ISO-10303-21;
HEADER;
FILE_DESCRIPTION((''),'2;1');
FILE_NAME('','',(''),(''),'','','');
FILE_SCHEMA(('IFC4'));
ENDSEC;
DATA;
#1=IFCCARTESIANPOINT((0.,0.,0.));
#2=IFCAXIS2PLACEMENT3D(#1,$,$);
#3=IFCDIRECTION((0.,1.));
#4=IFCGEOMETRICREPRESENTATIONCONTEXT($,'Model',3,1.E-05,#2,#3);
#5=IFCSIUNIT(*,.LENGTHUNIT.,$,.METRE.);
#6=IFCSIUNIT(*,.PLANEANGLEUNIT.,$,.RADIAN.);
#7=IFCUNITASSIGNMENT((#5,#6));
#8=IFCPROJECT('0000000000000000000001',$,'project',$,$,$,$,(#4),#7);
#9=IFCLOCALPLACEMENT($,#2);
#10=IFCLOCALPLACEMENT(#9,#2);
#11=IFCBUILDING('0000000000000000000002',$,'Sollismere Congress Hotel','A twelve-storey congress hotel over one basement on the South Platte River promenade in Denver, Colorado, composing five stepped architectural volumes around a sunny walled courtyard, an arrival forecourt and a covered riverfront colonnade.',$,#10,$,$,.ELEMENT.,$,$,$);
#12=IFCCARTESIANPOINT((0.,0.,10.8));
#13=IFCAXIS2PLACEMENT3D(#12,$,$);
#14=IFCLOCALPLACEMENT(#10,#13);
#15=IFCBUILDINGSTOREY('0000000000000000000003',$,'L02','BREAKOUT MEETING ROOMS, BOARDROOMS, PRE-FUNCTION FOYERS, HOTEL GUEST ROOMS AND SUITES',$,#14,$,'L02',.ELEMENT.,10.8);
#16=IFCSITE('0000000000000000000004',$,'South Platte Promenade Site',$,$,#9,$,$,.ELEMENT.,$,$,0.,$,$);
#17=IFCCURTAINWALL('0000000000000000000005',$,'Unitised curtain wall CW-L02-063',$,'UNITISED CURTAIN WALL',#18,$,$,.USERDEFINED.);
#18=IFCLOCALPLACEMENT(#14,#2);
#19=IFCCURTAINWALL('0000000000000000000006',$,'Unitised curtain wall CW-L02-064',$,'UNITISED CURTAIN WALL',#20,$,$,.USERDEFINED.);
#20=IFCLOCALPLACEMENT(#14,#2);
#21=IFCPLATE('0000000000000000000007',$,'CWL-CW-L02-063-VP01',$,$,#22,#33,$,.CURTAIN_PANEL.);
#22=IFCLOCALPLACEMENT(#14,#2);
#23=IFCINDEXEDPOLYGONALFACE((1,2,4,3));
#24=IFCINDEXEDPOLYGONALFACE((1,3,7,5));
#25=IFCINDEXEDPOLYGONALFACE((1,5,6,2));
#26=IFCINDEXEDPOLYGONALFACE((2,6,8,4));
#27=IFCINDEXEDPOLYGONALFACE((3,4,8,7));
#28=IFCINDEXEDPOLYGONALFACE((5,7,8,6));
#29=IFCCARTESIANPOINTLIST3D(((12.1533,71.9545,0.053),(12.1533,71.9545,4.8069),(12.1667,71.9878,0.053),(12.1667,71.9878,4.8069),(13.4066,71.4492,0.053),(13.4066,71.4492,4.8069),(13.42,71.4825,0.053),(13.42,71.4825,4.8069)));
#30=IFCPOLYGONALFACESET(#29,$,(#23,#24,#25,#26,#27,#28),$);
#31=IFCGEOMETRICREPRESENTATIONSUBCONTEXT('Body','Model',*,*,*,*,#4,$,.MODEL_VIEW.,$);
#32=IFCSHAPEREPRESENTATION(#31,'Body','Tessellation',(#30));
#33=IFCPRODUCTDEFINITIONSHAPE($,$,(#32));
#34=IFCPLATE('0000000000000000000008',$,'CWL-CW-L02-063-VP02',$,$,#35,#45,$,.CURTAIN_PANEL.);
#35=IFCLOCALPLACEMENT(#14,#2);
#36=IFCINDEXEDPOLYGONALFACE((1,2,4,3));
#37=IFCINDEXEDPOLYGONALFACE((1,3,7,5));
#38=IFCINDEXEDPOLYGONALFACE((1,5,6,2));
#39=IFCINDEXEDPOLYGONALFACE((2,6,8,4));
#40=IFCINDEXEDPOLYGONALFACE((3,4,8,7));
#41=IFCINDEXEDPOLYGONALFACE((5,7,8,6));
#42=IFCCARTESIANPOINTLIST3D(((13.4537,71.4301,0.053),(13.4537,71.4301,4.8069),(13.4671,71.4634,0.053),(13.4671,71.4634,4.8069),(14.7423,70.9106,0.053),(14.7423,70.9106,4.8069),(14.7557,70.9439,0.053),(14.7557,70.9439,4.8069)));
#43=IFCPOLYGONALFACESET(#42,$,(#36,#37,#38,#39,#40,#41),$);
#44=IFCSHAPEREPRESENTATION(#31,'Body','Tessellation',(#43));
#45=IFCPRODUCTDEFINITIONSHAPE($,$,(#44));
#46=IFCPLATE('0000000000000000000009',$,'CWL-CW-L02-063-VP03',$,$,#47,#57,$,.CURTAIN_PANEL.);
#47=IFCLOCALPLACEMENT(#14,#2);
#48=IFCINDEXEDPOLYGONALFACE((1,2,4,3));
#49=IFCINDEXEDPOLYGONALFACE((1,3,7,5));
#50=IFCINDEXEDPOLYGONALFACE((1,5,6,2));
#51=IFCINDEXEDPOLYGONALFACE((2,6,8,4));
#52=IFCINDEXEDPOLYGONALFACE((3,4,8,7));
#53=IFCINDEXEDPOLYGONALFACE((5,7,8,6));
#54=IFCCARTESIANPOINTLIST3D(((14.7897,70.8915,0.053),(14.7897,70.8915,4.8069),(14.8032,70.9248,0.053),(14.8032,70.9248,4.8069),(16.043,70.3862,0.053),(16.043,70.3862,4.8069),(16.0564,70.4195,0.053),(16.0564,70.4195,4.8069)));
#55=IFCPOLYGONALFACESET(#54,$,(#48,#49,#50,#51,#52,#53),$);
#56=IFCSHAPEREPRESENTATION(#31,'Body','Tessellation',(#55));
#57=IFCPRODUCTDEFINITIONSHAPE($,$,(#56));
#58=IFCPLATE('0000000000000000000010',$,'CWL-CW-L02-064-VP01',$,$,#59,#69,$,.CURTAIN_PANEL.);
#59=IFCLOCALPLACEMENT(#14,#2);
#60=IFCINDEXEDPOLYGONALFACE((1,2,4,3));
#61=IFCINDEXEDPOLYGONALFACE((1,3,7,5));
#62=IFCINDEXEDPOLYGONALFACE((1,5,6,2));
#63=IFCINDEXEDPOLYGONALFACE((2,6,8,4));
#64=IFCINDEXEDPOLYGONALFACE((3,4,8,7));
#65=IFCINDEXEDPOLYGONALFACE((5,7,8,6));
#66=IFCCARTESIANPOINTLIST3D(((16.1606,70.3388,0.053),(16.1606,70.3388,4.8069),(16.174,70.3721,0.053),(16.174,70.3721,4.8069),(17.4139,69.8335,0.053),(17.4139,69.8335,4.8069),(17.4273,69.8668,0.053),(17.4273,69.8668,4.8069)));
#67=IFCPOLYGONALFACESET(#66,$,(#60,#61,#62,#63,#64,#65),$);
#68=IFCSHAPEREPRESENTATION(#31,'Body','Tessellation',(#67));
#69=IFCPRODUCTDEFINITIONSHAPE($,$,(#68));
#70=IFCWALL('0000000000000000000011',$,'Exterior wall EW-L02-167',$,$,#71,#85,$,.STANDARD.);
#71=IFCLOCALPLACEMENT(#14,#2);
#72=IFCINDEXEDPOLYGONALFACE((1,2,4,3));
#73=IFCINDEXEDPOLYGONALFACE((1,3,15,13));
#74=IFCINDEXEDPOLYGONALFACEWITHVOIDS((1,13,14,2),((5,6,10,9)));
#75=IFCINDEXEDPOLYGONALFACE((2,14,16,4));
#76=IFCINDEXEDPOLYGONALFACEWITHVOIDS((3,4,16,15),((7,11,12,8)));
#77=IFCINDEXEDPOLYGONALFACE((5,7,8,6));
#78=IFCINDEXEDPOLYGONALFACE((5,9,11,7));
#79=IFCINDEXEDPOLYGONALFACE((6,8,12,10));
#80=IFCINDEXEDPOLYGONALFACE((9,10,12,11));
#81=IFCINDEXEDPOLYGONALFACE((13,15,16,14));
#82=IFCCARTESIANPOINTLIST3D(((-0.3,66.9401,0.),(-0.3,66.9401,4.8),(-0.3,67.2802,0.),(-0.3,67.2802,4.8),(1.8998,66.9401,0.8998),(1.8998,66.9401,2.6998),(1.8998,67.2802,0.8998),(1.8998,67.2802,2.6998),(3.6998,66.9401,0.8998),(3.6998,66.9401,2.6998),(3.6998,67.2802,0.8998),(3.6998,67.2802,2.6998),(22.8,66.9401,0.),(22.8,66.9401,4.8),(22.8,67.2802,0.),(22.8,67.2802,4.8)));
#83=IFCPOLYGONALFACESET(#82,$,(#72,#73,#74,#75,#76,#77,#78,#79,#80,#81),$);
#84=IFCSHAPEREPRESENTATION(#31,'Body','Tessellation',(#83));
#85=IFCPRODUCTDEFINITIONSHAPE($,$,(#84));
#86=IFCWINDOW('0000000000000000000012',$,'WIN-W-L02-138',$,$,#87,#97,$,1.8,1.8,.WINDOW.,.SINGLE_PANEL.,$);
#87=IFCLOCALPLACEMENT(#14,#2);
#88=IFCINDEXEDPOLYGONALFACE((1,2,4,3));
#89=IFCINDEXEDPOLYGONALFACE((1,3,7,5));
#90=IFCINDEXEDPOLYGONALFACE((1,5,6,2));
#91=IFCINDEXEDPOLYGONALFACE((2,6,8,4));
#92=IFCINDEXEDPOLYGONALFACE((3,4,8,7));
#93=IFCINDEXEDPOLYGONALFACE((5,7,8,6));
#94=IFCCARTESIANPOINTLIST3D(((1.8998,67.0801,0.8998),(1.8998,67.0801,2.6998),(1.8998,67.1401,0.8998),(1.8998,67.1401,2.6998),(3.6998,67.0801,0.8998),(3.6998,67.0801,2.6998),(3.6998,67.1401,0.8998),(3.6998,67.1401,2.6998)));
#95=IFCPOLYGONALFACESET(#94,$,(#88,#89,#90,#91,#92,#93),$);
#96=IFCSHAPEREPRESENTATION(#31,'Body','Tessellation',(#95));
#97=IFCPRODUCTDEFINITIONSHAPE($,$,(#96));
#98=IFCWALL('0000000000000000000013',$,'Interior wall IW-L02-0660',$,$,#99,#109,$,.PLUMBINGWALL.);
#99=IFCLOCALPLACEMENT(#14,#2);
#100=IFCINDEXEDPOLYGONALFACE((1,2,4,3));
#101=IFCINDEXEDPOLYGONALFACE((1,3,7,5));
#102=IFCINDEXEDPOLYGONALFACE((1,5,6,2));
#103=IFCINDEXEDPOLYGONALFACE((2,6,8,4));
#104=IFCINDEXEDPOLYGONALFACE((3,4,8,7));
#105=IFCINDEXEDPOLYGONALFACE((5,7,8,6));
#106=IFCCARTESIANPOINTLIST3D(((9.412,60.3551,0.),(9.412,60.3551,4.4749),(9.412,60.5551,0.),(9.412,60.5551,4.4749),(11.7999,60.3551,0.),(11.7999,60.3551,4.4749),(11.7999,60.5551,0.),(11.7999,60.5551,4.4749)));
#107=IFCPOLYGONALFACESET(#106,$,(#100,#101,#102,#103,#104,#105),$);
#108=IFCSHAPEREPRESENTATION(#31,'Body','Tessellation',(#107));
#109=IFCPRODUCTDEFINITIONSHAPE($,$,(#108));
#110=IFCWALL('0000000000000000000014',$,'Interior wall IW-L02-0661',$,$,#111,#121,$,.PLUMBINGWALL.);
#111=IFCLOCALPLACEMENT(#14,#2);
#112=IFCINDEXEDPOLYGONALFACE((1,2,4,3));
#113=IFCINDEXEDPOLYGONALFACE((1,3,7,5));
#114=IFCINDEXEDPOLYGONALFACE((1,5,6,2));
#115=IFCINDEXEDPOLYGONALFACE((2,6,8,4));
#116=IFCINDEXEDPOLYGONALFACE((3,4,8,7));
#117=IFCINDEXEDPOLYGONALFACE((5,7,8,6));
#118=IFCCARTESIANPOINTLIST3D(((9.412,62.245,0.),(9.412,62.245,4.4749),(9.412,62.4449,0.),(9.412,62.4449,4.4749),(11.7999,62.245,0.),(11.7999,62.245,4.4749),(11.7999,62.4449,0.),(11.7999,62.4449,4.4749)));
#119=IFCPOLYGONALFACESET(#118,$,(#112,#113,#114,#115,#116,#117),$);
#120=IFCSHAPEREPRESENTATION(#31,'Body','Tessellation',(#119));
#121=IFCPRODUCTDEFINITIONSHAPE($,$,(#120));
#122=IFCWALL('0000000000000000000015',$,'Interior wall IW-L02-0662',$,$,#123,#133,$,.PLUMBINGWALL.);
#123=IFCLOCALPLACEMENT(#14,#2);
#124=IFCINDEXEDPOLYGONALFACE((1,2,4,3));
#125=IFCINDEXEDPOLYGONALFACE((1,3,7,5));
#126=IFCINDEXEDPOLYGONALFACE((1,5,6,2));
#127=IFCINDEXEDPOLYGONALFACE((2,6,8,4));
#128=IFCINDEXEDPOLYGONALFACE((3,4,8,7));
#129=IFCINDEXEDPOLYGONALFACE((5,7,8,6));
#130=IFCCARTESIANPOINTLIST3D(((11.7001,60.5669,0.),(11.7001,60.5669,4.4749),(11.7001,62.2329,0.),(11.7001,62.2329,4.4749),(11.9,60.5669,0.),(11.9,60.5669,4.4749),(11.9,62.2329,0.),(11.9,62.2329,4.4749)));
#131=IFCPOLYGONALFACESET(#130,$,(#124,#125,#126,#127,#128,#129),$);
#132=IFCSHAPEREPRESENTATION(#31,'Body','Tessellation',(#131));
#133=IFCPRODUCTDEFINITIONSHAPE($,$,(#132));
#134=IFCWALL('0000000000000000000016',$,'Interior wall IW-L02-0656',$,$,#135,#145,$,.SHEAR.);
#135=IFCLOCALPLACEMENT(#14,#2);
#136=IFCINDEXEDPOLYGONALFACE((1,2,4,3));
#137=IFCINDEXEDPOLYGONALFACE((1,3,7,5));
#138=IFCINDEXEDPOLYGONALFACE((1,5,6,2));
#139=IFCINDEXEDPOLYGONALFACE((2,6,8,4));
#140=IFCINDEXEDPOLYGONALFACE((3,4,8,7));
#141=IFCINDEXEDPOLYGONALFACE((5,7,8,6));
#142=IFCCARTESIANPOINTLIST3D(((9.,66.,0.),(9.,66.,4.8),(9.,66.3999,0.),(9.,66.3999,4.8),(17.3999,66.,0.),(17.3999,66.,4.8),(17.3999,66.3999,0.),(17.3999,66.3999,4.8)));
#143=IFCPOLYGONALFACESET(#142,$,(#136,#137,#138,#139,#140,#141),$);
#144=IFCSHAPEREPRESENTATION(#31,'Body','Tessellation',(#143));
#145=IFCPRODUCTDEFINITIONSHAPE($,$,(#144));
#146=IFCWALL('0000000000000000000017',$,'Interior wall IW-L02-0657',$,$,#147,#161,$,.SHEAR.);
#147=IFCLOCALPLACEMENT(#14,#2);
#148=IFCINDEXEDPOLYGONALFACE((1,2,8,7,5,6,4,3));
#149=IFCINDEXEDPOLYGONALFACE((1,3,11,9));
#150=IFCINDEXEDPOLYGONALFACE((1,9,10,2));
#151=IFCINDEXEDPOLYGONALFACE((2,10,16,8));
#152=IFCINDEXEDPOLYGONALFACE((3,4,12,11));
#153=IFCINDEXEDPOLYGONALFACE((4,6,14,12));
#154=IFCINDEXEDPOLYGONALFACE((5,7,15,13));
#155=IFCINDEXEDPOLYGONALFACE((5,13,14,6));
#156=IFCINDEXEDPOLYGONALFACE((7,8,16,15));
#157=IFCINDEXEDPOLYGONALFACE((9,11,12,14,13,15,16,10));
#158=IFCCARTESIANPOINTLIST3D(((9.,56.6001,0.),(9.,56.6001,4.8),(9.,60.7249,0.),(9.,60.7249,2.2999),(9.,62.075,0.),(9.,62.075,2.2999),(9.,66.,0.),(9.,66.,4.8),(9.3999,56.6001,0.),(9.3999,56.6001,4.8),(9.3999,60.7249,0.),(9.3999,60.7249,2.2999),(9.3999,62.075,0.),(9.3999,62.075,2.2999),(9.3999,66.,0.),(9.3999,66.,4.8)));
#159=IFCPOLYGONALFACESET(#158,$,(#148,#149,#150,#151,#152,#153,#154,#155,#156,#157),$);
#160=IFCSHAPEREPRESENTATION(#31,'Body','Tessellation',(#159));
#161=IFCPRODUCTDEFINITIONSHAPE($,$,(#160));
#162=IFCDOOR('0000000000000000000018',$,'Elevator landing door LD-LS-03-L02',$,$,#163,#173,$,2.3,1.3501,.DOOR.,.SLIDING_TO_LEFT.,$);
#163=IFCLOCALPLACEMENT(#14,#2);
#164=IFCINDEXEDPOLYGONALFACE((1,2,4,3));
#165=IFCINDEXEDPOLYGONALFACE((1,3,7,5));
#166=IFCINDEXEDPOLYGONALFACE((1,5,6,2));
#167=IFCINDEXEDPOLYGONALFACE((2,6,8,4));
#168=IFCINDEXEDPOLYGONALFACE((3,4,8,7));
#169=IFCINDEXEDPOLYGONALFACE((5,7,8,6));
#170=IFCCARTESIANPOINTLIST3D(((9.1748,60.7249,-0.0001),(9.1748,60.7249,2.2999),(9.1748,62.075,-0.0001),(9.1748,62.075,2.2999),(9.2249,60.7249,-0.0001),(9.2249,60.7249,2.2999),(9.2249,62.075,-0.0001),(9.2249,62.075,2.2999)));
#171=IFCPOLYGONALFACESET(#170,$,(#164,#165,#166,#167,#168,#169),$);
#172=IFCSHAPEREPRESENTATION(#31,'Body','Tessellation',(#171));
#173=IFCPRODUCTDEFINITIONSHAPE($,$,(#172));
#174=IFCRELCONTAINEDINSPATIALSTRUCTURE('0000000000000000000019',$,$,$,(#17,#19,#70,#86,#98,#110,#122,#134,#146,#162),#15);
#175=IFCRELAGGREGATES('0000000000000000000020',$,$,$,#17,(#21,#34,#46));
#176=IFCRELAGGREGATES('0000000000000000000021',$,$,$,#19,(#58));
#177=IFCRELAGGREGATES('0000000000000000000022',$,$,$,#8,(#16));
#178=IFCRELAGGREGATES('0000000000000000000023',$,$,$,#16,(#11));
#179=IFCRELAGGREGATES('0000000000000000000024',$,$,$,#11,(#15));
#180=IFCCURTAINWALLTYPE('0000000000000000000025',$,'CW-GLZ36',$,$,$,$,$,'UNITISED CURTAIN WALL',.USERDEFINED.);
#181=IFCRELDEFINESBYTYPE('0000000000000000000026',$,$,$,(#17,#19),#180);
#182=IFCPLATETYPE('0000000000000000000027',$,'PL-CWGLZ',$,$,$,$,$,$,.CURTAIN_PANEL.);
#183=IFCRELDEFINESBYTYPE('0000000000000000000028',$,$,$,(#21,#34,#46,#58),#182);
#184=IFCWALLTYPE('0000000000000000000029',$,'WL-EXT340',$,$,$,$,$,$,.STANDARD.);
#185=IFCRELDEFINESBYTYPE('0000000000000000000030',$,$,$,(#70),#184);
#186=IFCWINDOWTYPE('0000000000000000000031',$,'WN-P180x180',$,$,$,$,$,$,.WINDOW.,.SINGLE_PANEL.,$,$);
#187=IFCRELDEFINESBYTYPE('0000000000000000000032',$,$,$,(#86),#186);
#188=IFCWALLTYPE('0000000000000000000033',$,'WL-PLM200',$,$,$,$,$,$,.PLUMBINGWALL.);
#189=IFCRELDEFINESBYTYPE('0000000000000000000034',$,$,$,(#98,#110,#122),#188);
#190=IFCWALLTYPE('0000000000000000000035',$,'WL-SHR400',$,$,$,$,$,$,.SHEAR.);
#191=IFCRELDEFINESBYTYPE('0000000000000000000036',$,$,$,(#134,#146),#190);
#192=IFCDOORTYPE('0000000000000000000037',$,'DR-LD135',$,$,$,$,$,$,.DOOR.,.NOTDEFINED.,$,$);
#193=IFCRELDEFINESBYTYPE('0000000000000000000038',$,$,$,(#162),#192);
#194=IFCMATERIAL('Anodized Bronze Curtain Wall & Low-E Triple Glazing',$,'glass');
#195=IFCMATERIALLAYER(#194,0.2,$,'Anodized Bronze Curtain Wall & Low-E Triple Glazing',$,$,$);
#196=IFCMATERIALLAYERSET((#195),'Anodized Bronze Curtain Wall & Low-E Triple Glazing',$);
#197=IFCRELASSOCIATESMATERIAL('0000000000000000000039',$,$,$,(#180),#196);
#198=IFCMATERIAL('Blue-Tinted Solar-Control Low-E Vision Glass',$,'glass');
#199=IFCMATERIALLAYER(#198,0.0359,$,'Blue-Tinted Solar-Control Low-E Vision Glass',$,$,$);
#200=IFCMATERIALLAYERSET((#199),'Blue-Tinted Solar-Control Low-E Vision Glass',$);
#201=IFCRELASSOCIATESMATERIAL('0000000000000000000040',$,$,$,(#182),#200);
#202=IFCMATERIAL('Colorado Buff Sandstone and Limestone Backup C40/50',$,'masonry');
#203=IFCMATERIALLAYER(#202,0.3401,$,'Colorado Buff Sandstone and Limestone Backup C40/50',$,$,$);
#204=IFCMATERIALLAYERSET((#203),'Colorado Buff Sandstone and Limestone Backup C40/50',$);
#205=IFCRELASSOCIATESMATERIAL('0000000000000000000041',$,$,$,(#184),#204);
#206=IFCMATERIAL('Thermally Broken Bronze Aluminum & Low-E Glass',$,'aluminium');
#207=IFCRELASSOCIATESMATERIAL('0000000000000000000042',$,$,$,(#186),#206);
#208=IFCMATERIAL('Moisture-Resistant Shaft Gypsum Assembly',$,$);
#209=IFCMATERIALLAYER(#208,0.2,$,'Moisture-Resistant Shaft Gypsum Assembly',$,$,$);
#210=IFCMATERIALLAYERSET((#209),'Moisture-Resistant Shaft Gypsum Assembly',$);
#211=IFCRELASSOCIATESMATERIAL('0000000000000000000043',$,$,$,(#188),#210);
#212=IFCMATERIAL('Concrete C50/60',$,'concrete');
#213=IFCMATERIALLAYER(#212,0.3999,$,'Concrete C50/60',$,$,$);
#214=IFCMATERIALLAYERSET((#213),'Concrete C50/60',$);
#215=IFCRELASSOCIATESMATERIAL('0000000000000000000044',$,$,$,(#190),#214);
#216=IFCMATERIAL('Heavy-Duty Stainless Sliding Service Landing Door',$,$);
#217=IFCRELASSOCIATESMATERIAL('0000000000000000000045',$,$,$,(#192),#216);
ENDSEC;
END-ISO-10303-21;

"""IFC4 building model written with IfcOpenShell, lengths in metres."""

from ifc_helpers import new_model, si_unit, direction, frame, frame_2d, origin, origin_2d, place, context, subcontext, project, spatial, rectangle, extrude, material, layer, layer_set, type_object, element, fill, aggregate, save


model = new_model("IFC4")

# Units and contexts
model_context = context("Model", 3, precision=1e-05, world=origin(), true_north=direction((0.0, 1.0)))
body_context = subcontext(model_context, "Body", "Model", "MODEL_VIEW")
ifc_project = project(units=[si_unit("LENGTHUNIT", "METRE"), si_unit("PLANEANGLEUNIT", "RADIAN")], contexts=[model_context])

# Site, building, storey
site_placement = place(None, origin())
site = spatial("IfcSite", under=ifc_project, at=site_placement, Name="South Platte Promenade Site", CompositionType="ELEMENT", RefElevation=0.0)
building_placement = place(site_placement, origin())
building = spatial("IfcBuilding", under=site, at=building_placement, Name="Sollismere Congress Hotel", Description="A twelve-storey congress hotel over one basement on the South Platte River promenade in Denver, Colorado, composing five stepped architectural volumes around a sunny walled courtyard, an arrival forecourt and a covered riverfront colonnade.", CompositionType="ELEMENT")
storey_placement = place(building_placement, frame((0.0, 0.0, 10.8)))
storey = spatial("IfcBuildingStorey", under=building, at=storey_placement, Name="L02", Description="BREAKOUT MEETING ROOMS, BOARDROOMS, PRE-FUNCTION FOYERS, HOTEL GUEST ROOMS AND SUITES", LongName="L02", CompositionType="ELEMENT", Elevation=10.8)

# Curtain wall
ifc_material_1 = material(Name="Anodized Bronze Curtain Wall & Low-E Triple Glazing", Category="glass")
ifc_layer_1 = layer(ifc_material_1, 0.2, Name="Anodized Bronze Curtain Wall & Low-E Triple Glazing")
ifc_layer_set_1 = layer_set([ifc_layer_1], Name="Anodized Bronze Curtain Wall & Low-E Triple Glazing")
curtain_wall_type = type_object("IfcCurtainWallType", Name="CW-GLZ36", ElementType="UNITISED CURTAIN WALL", PredefinedType="USERDEFINED", material=ifc_layer_set_1)
curtain_wall_1_placement = place(storey_placement, origin())
curtain_wall_1 = element("IfcCurtainWall", 1, at=curtain_wall_1_placement, inside=storey, type_object=curtain_wall_type, Name="Unitised curtain wall CW-L02-063", ObjectType="UNITISED CURTAIN WALL", PredefinedType="USERDEFINED")

# Curtain wall
curtain_wall_2_placement = place(storey_placement, origin())
curtain_wall_2 = element("IfcCurtainWall", 2, at=curtain_wall_2_placement, inside=storey, type_object=curtain_wall_type, Name="Unitised curtain wall CW-L02-064", ObjectType="UNITISED CURTAIN WALL", PredefinedType="USERDEFINED")

# Plates
ifc_material_2 = material(Name="Blue-Tinted Solar-Control Low-E Vision Glass", Category="glass")
ifc_layer_2 = layer(ifc_material_2, 0.0359, Name="Blue-Tinted Solar-Control Low-E Vision Glass")
ifc_layer_set_2 = layer_set([ifc_layer_2], Name="Blue-Tinted Solar-Control Low-E Vision Glass")
plate_type = type_object("IfcPlateType", Name="PL-CWGLZ", PredefinedType="CURTAIN_PANEL", material=ifc_layer_set_2)
plate_1_placement = place(storey_placement, frame((12.7866, 71.7185, 0.053), z_axis=(0.0, 0.0, 1.0), x_axis=(0.927452, -0.373943, 0.0)))
plate_1 = element("IfcPlate", 3, at=plate_1_placement, type_object=plate_type, Name="CWL-CW-L02-063-VP01", PredefinedType="CURTAIN_PANEL", context=body_context, shape_type="SweptSolid", body=[
    extrude(rectangle(XDim=1.3513, YDim=0.0359, at=origin_2d()), origin(), (0.0, 0.0, 1.0), 4.7539),
])
plate_2_placement = place(storey_placement, frame((14.1047, 71.187, 0.053), z_axis=(0.0, 0.0, 1.0), x_axis=(0.927452, -0.373943, 0.0)))
plate_2 = element("IfcPlate", 4, at=plate_2_placement, type_object=plate_type, Name="CWL-CW-L02-063-VP02", PredefinedType="CURTAIN_PANEL", context=body_context, shape_type="SweptSolid", body=[
    extrude(rectangle(XDim=1.3894, YDim=0.0359, at=origin_2d()), origin(), (0.0, 0.0, 1.0), 4.7539),
])
plate_3_placement = place(storey_placement, frame((15.4231, 70.6555, 0.053), z_axis=(0.0, 0.0, 1.0), x_axis=(0.927452, -0.373943, 0.0)))
plate_3 = element("IfcPlate", 5, at=plate_3_placement, type_object=plate_type, Name="CWL-CW-L02-063-VP03", PredefinedType="CURTAIN_PANEL", context=body_context, shape_type="SweptSolid", body=[
    extrude(rectangle(XDim=1.3513, YDim=0.0359, at=origin_2d()), origin(), (0.0, 0.0, 1.0), 4.7539),
])
aggregate(curtain_wall_1, [plate_1, plate_2, plate_3])
plate_4_placement = place(storey_placement, frame((16.7939, 70.1028, 0.053), z_axis=(0.0, 0.0, 1.0), x_axis=(0.927452, -0.373943, 0.0)))
plate_4 = element("IfcPlate", 6, at=plate_4_placement, type_object=plate_type, Name="CWL-CW-L02-064-VP01", PredefinedType="CURTAIN_PANEL", context=body_context, shape_type="SweptSolid", body=[
    extrude(rectangle(XDim=1.3513, YDim=0.0359, at=origin_2d()), origin(), (0.0, 0.0, 1.0), 4.7539),
])
aggregate(curtain_wall_2, [plate_4])

# Wall, opening, window
ifc_material_3 = material(Name="Colorado Buff Sandstone and Limestone Backup C40/50", Category="masonry")
ifc_layer_3 = layer(ifc_material_3, 0.3401, Name="Colorado Buff Sandstone and Limestone Backup C40/50")
ifc_layer_set_3 = layer_set([ifc_layer_3], Name="Colorado Buff Sandstone and Limestone Backup C40/50")
wall_type_1 = type_object("IfcWallType", Name="WL-EXT340", PredefinedType="STANDARD", material=ifc_layer_set_3)
wall_1_placement = place(storey_placement, frame((-0.3, 67.1101, 0.0), z_axis=(0.0, 0.0, 1.0), x_axis=(1.0, 0.0, 0.0)))
wall_1 = element("IfcWall", 7, at=wall_1_placement, inside=storey, type_object=wall_type_1, Name="Exterior wall EW-L02-167", PredefinedType="STANDARD", context=body_context, shape_type="SweptSolid", body=[
    extrude(rectangle(XDim=23.1001, YDim=0.3401, at=frame_2d((11.55, 0.0))), origin(), (0.0, 0.0, 1.0), 4.8),
])
opening_1_placement = place(wall_1_placement, frame((2.2, 0.0, 0.8999)))
opening_1 = element("IfcOpeningElement", 8, at=opening_1_placement, cuts=wall_1, PredefinedType="OPENING", context=body_context, shape_type="SweptSolid", body=[
    extrude(rectangle(XDim=1.8, YDim=1.8, at=frame_2d((0.8999, 0.8999))), frame((0.0, 0.1799, 0.0), z_axis=(0.0, -1.0, 0.0), x_axis=(1.0, 0.0, 0.0)), (0.0, 0.0, 1.0), 0.3601),
])
ifc_material_4 = material(Name="Thermally Broken Bronze Aluminum & Low-E Glass", Category="aluminium")
window_type = type_object("IfcWindowType", Name="WN-P180x180", PartitioningType="SINGLE_PANEL", PredefinedType="WINDOW", material=ifc_material_4)
window_placement = place(opening_1_placement, origin())
window = element("IfcWindow", 9, at=window_placement, inside=storey, type_object=window_type, Name="WIN-W-L02-138", OverallHeight=1.8, OverallWidth=1.8, PartitioningType="SINGLE_PANEL", PredefinedType="WINDOW", context=body_context, shape_type="SweptSolid", body=[
    extrude(rectangle(XDim=1.8, YDim=1.8, at=frame_2d((0.8999, 0.8999))), frame((0.0, 0.03, 0.0), z_axis=(0.0, -1.0, 0.0), x_axis=(1.0, 0.0, 0.0)), (0.0, 0.0, 1.0), 0.0601),
])
fill(opening_1, window)

# Walls
ifc_material_5 = material(Name="Moisture-Resistant Shaft Gypsum Assembly")
ifc_layer_4 = layer(ifc_material_5, 0.2, Name="Moisture-Resistant Shaft Gypsum Assembly")
ifc_layer_set_4 = layer_set([ifc_layer_4], Name="Moisture-Resistant Shaft Gypsum Assembly")
wall_type_2 = type_object("IfcWallType", Name="WL-PLM200", PredefinedType="PLUMBINGWALL", material=ifc_layer_set_4)
for number, where, z_axis, x_axis, name in (
    (10, (9.4121, 60.4551, 0.0), (0.0, 0.0, 1.0), (1.0, 0.0, 0.0), "Interior wall IW-L02-0660"),
    (11, (9.4121, 62.345, 0.0), (0.0, 0.0, 1.0), (1.0, 0.0, 0.0), "Interior wall IW-L02-0661"),
):
    element("IfcWall", number, at=place(storey_placement, frame(where, z_axis=z_axis, x_axis=x_axis)), inside=storey, type_object=wall_type_2, Name=name, PredefinedType="PLUMBINGWALL", context=body_context, shape_type="SweptSolid", body=[
        extrude(rectangle(XDim=2.3879, YDim=0.2, at=frame_2d((1.1938, 0.0))), origin(), (0.0, 0.0, 1.0), 4.4749),
    ])
wall_2_placement = place(storey_placement, frame((11.8, 60.5669, 0.0), z_axis=(0.0, 0.0, 1.0), x_axis=(0.0, 1.0, 0.0)))
element("IfcWall", 12, at=wall_2_placement, inside=storey, type_object=wall_type_2, Name="Interior wall IW-L02-0662", PredefinedType="PLUMBINGWALL", context=body_context, shape_type="SweptSolid", body=[
    extrude(rectangle(XDim=1.666, YDim=0.2, at=frame_2d((0.833, 0.0))), origin(), (0.0, 0.0, 1.0), 4.4749),
])
ifc_material_6 = material(Name="Concrete C50/60", Category="concrete")
ifc_layer_5 = layer(ifc_material_6, 0.3999, Name="Concrete C50/60")
ifc_layer_set_5 = layer_set([ifc_layer_5], Name="Concrete C50/60")
wall_type_3 = type_object("IfcWallType", Name="WL-SHR400", PredefinedType="SHEAR", material=ifc_layer_set_5)
wall_3_placement = place(storey_placement, frame((17.3999, 66.2, 0.0), z_axis=(0.0, 0.0, 1.0), x_axis=(-1.0, 0.0, 0.0)))
element("IfcWall", 13, at=wall_3_placement, inside=storey, type_object=wall_type_3, Name="Interior wall IW-L02-0656", PredefinedType="SHEAR", context=body_context, shape_type="SweptSolid", body=[
    extrude(rectangle(XDim=8.3999, YDim=0.3999, at=frame_2d((4.2, 0.0))), origin(), (0.0, 0.0, 1.0), 4.8),
])

# Wall, opening, door
wall_4_placement = place(storey_placement, frame((9.2, 66.0, 0.0), z_axis=(0.0, 0.0, 1.0), x_axis=(0.0, -1.0, 0.0)))
wall_4 = element("IfcWall", 14, at=wall_4_placement, inside=storey, type_object=wall_type_3, Name="Interior wall IW-L02-0657", PredefinedType="SHEAR", context=body_context, shape_type="SweptSolid", body=[
    extrude(rectangle(XDim=9.3999, YDim=0.3999, at=frame_2d((4.7, 0.0))), origin(), (0.0, 0.0, 1.0), 4.8),
])
opening_2_placement = place(wall_4_placement, frame((3.925, 0.0, 0.0)))
opening_2 = element("IfcOpeningElement", 15, at=opening_2_placement, cuts=wall_4, PredefinedType="OPENING", context=body_context, shape_type="SweptSolid", body=[
    extrude(rectangle(XDim=1.3501, YDim=2.3, at=frame_2d((0.675, 1.1499))), frame((0.0, 0.21, 0.0), z_axis=(0.0, -1.0, 0.0), x_axis=(1.0, 0.0, 0.0)), (0.0, 0.0, 1.0), 0.4199),
])
ifc_material_7 = material(Name="Heavy-Duty Stainless Sliding Service Landing Door")
door_type = type_object("IfcDoorType", Name="DR-LD135", OperationType="NOTDEFINED", PredefinedType="DOOR", material=ifc_material_7)
door_placement = place(opening_2_placement, origin())
door = element("IfcDoor", 16, at=door_placement, inside=storey, type_object=door_type, Name="Elevator landing door LD-LS-03-L02", OperationType="SLIDING_TO_LEFT", OverallHeight=2.3, OverallWidth=1.3501, PredefinedType="DOOR", context=body_context, shape_type="SweptSolid", body=[
    extrude(rectangle(XDim=1.3501, YDim=2.3, at=frame_2d((0.675, 1.1499))), frame((0.0, 0.0249, 0.0), z_axis=(0.0, -1.0, 0.0), x_axis=(1.0, 0.0, 0.0)), (0.0, 0.0, 1.0), 0.05),
])
fill(opening_2, door)

save(model, "model.ifc")
